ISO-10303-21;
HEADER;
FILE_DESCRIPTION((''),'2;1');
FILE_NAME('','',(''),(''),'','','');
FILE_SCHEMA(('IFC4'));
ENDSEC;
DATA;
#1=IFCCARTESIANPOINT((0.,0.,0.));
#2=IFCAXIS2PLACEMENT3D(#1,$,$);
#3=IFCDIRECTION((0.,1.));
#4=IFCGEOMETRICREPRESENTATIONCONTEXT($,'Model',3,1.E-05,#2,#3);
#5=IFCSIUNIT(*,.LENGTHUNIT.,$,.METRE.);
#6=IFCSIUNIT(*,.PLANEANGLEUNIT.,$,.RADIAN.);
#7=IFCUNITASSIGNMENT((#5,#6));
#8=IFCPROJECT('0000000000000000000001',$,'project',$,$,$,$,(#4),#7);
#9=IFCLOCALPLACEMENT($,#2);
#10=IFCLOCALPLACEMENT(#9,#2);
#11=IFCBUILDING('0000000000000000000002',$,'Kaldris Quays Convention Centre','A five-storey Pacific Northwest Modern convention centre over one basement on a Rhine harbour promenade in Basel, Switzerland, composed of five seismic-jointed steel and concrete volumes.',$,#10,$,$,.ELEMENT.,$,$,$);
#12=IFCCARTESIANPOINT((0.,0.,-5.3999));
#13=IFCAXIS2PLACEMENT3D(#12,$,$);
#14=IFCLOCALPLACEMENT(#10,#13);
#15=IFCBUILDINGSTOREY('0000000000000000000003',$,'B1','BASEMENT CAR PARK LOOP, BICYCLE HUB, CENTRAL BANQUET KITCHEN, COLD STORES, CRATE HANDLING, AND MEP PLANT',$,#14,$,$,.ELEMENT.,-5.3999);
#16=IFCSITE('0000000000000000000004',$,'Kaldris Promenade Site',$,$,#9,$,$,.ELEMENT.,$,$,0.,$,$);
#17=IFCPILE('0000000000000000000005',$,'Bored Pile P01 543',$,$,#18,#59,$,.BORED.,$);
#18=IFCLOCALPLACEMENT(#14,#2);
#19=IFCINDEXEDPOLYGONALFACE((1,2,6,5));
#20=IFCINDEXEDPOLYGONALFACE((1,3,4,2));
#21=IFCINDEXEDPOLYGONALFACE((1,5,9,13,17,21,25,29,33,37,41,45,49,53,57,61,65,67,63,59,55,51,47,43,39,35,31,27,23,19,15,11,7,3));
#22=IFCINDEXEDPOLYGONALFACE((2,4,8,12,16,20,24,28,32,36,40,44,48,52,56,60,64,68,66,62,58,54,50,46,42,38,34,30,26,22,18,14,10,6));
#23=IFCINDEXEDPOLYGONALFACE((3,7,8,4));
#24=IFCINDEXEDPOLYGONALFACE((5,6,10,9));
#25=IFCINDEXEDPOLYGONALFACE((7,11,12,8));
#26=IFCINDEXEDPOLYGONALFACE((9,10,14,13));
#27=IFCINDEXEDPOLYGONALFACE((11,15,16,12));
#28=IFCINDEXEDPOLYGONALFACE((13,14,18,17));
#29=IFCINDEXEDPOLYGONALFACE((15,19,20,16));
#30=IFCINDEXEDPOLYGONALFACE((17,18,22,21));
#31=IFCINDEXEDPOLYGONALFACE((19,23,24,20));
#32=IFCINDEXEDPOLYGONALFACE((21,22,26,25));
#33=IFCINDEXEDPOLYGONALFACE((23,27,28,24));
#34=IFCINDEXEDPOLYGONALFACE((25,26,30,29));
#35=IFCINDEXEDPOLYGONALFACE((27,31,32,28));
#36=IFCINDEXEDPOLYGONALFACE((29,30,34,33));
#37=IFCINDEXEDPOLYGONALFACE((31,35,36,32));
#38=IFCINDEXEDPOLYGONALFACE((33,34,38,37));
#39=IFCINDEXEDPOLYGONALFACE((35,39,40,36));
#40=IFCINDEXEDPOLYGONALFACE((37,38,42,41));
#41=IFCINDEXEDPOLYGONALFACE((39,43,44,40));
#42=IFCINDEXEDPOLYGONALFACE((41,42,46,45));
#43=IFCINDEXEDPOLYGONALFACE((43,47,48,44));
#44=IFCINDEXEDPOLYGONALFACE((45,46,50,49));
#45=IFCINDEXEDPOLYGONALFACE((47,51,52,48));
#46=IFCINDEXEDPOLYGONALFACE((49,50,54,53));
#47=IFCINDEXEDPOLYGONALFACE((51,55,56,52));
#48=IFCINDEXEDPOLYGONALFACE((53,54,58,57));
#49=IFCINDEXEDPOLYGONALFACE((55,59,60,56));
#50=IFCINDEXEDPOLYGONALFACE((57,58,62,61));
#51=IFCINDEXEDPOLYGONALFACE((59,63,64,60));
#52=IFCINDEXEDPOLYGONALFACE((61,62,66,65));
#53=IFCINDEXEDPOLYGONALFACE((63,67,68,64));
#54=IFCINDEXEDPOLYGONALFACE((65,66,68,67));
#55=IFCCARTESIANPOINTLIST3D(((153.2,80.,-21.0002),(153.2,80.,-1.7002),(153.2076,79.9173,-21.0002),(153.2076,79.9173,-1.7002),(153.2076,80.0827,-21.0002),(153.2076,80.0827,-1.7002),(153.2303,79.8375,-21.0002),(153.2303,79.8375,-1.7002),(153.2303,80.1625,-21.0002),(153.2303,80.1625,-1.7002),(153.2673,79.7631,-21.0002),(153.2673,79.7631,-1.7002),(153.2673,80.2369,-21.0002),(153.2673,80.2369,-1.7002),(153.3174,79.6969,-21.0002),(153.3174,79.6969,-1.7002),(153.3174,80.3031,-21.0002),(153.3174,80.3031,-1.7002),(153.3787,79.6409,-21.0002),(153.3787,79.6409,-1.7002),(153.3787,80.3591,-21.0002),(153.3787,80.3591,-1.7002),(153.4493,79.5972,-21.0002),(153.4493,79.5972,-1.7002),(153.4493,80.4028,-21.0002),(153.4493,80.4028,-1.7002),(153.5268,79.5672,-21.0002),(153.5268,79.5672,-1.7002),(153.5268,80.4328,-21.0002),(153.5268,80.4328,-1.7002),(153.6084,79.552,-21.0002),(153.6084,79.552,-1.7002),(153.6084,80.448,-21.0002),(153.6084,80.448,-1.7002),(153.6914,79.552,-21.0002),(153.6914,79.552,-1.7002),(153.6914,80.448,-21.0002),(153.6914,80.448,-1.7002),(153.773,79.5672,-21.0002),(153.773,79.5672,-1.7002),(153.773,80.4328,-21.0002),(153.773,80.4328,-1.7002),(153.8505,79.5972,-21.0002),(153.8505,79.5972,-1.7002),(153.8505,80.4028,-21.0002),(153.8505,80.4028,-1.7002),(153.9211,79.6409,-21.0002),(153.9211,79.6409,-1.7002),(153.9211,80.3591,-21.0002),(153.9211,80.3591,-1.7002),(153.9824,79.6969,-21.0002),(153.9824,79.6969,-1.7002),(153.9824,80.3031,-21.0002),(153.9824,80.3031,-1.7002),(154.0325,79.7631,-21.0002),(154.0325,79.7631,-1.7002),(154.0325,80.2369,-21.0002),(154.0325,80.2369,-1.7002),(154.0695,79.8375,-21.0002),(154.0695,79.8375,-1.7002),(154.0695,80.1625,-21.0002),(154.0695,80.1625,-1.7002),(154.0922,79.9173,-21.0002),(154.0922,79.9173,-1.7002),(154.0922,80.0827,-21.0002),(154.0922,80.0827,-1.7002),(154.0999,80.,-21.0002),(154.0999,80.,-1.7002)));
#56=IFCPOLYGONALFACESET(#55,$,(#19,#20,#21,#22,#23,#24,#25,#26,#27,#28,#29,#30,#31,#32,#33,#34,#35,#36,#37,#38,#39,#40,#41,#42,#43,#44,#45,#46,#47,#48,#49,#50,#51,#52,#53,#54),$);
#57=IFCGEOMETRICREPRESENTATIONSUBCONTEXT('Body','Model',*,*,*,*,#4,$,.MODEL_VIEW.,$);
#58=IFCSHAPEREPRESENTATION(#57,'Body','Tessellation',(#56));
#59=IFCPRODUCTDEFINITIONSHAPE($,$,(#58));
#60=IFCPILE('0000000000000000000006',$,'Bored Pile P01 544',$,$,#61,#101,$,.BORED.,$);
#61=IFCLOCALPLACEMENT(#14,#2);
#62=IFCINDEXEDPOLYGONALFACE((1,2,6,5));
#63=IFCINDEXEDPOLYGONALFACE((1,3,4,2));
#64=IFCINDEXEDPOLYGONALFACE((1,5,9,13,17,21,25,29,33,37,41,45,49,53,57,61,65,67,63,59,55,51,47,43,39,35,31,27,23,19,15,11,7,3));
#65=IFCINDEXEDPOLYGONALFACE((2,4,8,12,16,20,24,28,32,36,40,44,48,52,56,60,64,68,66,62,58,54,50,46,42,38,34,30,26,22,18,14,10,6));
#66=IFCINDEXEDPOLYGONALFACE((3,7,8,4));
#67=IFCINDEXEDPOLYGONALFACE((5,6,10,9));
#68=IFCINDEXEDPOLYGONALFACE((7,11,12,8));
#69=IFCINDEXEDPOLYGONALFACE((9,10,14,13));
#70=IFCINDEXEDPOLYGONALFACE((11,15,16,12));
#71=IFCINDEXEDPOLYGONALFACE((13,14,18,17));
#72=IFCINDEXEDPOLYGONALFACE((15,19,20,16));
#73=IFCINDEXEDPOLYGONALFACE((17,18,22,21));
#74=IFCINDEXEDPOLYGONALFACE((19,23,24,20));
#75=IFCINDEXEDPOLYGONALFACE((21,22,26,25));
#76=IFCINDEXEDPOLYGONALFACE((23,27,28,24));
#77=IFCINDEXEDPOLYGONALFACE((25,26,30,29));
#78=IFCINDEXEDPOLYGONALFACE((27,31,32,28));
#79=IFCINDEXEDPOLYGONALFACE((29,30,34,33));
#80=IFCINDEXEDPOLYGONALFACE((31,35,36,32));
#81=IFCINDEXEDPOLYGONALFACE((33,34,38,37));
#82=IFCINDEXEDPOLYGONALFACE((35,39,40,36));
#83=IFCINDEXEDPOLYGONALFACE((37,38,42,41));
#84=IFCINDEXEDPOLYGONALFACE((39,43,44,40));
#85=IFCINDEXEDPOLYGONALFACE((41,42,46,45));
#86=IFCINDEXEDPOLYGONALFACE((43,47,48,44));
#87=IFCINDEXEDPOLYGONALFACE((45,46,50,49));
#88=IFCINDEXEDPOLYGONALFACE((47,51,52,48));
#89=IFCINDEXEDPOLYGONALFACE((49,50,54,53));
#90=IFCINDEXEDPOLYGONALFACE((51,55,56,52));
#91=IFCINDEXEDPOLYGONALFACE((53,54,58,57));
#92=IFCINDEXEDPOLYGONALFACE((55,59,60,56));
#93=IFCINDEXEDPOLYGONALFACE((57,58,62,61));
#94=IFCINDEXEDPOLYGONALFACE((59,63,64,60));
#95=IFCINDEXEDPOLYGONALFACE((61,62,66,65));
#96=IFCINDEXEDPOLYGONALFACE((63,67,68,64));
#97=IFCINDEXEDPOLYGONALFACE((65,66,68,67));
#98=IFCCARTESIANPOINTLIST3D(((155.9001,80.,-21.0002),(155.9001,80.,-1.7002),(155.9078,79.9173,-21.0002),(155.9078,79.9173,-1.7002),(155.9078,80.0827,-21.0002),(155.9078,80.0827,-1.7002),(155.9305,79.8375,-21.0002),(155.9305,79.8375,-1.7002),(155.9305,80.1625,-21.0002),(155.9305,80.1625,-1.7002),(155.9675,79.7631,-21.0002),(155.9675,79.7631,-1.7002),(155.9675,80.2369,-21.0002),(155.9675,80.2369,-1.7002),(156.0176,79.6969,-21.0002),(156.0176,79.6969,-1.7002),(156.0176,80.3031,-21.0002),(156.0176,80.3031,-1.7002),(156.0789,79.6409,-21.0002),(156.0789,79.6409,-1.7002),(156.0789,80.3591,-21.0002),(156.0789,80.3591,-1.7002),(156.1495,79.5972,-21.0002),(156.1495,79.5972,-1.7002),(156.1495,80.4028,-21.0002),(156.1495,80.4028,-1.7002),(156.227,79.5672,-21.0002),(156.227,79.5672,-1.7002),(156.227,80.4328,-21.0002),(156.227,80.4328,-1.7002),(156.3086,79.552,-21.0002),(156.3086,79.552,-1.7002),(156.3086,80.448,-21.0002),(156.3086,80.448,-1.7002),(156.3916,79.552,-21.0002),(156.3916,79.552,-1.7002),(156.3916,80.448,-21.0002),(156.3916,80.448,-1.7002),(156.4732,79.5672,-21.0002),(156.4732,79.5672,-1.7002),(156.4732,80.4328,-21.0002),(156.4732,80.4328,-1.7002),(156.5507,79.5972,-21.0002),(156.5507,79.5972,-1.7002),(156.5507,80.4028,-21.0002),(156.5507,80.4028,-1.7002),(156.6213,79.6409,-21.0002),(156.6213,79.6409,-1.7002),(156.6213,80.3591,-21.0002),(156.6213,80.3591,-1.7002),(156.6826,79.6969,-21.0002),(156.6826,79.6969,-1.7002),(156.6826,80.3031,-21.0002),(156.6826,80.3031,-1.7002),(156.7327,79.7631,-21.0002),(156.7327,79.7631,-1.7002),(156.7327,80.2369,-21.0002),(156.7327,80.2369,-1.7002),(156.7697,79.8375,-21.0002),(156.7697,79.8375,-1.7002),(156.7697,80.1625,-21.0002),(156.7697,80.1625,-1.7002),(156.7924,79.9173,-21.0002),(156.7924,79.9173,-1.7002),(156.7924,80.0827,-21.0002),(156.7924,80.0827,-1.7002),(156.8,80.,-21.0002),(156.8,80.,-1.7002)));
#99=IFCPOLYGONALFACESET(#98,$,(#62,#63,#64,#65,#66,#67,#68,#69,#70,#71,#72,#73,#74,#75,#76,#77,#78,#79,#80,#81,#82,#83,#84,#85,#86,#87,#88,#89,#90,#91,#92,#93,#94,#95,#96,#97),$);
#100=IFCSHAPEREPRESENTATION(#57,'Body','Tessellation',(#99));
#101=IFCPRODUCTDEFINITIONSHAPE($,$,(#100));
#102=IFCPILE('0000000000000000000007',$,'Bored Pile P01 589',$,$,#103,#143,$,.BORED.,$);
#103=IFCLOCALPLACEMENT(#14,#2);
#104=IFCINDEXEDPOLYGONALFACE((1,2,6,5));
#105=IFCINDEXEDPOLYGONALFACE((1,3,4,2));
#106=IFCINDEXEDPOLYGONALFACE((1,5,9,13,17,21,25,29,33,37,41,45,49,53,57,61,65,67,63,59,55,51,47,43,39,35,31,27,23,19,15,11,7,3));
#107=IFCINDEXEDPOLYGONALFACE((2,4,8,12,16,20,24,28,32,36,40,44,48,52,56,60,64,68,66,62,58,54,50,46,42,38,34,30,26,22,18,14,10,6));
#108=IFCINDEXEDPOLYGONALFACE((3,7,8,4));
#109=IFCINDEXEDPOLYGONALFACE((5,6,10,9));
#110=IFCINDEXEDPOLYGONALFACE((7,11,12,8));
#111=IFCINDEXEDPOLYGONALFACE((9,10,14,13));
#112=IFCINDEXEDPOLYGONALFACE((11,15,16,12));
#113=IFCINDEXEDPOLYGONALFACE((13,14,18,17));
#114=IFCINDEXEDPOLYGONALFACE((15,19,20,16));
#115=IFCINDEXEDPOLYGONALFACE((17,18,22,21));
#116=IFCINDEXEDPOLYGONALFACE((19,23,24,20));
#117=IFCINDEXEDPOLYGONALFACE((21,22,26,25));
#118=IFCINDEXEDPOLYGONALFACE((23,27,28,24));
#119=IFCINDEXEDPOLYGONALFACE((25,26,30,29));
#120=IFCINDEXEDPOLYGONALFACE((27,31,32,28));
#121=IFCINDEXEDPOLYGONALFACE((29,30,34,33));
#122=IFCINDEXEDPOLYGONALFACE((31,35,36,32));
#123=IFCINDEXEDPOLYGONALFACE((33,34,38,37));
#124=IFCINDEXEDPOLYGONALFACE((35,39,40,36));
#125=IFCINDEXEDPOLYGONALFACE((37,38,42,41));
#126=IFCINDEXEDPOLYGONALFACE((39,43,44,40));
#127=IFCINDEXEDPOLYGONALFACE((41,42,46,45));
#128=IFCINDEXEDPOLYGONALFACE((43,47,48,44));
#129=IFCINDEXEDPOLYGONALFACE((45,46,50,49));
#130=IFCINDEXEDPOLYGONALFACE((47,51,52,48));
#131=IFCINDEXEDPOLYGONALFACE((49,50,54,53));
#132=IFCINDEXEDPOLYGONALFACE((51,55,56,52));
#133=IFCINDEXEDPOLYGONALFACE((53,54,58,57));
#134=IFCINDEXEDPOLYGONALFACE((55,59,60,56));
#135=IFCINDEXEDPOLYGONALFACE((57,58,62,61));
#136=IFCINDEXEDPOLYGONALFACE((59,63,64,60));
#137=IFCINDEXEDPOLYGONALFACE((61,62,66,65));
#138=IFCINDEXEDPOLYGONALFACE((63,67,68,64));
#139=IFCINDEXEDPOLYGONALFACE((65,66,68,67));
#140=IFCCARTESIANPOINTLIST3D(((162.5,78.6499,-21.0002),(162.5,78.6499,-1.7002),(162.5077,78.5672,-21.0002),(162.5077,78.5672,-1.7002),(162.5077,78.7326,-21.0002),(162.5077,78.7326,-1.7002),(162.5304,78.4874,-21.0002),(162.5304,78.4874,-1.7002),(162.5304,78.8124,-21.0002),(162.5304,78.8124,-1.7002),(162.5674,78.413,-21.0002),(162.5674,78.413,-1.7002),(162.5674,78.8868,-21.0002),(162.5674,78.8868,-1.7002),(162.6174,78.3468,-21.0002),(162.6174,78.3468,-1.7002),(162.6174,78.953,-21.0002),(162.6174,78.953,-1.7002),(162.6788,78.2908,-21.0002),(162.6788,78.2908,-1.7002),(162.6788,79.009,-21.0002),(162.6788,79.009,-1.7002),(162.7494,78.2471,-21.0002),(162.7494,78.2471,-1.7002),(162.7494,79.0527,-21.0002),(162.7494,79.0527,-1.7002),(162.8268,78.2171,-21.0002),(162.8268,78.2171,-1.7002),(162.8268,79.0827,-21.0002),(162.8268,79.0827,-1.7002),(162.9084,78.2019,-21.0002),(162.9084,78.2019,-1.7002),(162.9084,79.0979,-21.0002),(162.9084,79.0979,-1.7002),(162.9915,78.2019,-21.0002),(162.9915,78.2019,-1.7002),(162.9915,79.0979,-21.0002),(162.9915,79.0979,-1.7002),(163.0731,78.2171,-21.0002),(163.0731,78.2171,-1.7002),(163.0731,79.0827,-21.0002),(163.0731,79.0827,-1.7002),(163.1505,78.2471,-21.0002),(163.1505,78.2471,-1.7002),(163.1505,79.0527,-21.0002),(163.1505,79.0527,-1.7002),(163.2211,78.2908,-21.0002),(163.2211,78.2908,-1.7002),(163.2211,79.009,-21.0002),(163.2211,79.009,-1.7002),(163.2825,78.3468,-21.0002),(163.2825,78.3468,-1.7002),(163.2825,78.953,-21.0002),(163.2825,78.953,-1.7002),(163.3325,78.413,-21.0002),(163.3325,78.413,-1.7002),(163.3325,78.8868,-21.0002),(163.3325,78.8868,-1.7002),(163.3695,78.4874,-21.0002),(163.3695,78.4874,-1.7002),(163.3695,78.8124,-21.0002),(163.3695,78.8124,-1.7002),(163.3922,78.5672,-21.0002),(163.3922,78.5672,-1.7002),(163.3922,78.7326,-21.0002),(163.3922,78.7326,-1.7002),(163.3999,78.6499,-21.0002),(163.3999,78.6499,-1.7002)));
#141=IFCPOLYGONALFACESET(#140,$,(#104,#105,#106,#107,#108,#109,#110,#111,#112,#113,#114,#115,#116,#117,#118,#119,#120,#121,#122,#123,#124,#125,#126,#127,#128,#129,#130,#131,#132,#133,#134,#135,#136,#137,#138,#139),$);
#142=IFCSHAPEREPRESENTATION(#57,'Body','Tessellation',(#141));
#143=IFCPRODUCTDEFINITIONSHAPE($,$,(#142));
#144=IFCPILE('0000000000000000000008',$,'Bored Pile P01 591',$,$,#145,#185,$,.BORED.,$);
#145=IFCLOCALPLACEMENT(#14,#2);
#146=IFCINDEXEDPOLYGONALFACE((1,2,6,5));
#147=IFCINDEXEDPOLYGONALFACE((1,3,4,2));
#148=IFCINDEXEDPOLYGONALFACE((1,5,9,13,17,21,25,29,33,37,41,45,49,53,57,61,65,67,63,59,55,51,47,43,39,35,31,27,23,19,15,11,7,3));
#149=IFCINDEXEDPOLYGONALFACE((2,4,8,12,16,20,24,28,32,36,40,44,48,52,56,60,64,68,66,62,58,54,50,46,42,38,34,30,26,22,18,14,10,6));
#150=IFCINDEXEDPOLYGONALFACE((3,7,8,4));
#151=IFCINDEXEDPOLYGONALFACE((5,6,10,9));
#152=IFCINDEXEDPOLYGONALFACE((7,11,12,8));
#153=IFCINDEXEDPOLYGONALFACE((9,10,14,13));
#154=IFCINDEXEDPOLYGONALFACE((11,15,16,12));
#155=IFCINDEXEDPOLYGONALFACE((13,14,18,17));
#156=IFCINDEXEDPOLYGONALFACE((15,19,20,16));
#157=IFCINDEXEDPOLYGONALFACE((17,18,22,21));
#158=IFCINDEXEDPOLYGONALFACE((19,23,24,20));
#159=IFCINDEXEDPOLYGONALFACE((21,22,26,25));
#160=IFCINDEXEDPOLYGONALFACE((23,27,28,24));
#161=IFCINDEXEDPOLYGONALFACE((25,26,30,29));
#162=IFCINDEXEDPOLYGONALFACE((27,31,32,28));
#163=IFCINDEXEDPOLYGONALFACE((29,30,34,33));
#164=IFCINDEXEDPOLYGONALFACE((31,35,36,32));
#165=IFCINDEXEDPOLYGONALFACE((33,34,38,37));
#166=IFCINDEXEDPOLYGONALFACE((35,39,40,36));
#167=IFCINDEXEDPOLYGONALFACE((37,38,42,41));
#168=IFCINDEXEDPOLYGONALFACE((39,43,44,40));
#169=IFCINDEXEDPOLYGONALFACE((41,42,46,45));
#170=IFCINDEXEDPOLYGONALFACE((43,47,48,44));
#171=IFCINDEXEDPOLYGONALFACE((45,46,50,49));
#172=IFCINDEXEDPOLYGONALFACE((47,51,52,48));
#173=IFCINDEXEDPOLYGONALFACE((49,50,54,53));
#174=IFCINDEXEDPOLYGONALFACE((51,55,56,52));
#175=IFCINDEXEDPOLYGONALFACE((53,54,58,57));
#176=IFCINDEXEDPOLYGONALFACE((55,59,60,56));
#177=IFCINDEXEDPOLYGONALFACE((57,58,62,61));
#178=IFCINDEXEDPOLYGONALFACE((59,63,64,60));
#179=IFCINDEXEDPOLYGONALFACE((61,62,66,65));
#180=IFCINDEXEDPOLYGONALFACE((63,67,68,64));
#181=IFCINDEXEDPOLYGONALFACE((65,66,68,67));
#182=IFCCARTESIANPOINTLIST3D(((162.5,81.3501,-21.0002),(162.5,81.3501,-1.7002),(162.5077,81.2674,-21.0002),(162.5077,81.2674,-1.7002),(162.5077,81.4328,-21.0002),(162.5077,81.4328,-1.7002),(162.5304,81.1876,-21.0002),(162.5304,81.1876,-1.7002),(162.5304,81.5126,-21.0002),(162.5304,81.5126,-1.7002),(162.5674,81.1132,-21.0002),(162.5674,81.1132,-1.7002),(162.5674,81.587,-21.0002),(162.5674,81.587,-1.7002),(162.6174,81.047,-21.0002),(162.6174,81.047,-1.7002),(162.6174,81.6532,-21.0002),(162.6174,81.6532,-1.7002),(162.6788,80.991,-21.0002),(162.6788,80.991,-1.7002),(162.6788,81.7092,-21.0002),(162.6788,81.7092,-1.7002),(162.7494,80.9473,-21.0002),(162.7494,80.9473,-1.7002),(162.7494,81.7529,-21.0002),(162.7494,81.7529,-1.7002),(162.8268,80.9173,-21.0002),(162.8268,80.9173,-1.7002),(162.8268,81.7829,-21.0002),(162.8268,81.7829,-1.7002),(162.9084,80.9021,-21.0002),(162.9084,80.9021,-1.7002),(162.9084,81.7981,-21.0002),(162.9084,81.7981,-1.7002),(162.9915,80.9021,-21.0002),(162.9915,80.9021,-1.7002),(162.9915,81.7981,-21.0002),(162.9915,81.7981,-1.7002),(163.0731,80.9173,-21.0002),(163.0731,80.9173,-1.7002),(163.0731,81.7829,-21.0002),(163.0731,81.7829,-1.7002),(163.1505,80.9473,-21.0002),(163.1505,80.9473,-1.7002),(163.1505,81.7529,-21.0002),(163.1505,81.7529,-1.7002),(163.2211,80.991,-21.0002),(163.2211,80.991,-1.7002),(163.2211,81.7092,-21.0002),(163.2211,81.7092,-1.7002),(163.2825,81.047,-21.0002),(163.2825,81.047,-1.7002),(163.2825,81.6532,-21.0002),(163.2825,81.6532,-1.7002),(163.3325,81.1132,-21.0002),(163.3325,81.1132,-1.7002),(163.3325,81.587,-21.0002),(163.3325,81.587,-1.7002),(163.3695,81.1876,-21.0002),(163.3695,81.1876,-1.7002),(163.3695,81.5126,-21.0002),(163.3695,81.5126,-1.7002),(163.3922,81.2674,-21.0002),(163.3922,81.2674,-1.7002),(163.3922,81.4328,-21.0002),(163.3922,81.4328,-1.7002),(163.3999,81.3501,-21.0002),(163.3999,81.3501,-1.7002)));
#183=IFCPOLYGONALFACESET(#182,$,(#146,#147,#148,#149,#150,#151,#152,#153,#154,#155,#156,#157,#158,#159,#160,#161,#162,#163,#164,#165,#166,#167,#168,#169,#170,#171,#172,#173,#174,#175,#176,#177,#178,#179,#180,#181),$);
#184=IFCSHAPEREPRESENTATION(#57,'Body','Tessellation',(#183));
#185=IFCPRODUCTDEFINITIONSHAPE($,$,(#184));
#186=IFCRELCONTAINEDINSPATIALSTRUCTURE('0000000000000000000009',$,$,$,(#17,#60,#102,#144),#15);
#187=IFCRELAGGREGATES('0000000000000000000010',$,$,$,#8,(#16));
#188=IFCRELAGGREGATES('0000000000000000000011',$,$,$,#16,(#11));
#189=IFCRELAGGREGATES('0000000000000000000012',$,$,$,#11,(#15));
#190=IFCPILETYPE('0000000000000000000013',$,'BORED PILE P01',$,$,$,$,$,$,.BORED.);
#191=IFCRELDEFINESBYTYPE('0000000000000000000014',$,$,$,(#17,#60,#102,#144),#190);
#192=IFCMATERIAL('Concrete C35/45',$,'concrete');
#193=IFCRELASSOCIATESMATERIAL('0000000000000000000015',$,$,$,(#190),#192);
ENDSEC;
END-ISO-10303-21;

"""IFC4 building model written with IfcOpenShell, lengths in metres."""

from ifc_helpers import new_model, si_unit, direction, frame, origin, origin_2d, place, context, subcontext, project, spatial, circle, extrude, material, material_profile, profile_set, type_object, element, save


model = new_model("IFC4")

# Units and contexts
model_context = context("Model", 3, precision=1e-05, world=origin(), true_north=direction((0.0, 1.0)))
body_context = subcontext(model_context, "Body", "Model", "MODEL_VIEW")
ifc_project = project(units=[si_unit("LENGTHUNIT", "METRE"), si_unit("PLANEANGLEUNIT", "RADIAN")], contexts=[model_context])

# Site, building, storey
site_placement = place(None, origin())
site = spatial("IfcSite", under=ifc_project, at=site_placement, Name="Kaldris Promenade Site", CompositionType="ELEMENT", RefElevation=0.0)
building_placement = place(site_placement, origin())
building = spatial("IfcBuilding", under=site, at=building_placement, Name="Kaldris Quays Convention Centre", Description="A five-storey Pacific Northwest Modern convention centre over one basement on a Rhine harbour promenade in Basel, Switzerland, composed of five seismic-jointed steel and concrete volumes.", CompositionType="ELEMENT")
storey_placement = place(building_placement, frame((0.0, 0.0, -5.3999)))
storey = spatial("IfcBuildingStorey", under=building, at=storey_placement, Name="B1", Description="BASEMENT CAR PARK LOOP, BICYCLE HUB, CENTRAL BANQUET KITCHEN, COLD STORES, CRATE HANDLING, AND MEP PLANT", CompositionType="ELEMENT", Elevation=-5.3999)

# Piles
ifc_material_1 = material(Name="Concrete C35/45", Category="concrete")
ifc_material_profile_1 = material_profile(ifc_material_1, circle(Radius=0.45, at=origin_2d()), Name="BORED PILE D900")
ifc_profile_set_1 = profile_set([ifc_material_profile_1], Name="Concrete C35/45")
pile_type_1 = type_object("IfcPileType", Name="BORED PILE P01", PredefinedType="BORED", material=ifc_profile_set_1)
for number, where, z_axis, x_axis, name in (
    (1, (153.6499, 80.0, -1.7002), (0.0, 0.0, -1.0), (1.0, 0.0, 0.0), "Bored Pile P01 543"),
    (2, (156.3501, 80.0, -1.7002), (0.0, 0.0, -1.0), (1.0, 0.0, 0.0), "Bored Pile P01 544"),
    (3, (162.95, 78.6499, -1.7002), (0.0, 0.0, -1.0), (1.0, 0.0, 0.0), "Bored Pile P01 589"),
    (4, (162.95, 81.3501, -1.7002), (0.0, 0.0, -1.0), (1.0, 0.0, 0.0), "Bored Pile P01 591"),
):
    element("IfcPile", number, at=place(storey_placement, frame(where, z_axis=z_axis, x_axis=x_axis)), inside=storey, type_object=pile_type_1, Name=name, PredefinedType="BORED", context=body_context, shape_type="SweptSolid", body=[
        extrude(circle(Radius=0.45, at=origin_2d()), origin(), (0.0, 0.0, 1.0), 19.3),
    ])

save(model, "model.ifc")
